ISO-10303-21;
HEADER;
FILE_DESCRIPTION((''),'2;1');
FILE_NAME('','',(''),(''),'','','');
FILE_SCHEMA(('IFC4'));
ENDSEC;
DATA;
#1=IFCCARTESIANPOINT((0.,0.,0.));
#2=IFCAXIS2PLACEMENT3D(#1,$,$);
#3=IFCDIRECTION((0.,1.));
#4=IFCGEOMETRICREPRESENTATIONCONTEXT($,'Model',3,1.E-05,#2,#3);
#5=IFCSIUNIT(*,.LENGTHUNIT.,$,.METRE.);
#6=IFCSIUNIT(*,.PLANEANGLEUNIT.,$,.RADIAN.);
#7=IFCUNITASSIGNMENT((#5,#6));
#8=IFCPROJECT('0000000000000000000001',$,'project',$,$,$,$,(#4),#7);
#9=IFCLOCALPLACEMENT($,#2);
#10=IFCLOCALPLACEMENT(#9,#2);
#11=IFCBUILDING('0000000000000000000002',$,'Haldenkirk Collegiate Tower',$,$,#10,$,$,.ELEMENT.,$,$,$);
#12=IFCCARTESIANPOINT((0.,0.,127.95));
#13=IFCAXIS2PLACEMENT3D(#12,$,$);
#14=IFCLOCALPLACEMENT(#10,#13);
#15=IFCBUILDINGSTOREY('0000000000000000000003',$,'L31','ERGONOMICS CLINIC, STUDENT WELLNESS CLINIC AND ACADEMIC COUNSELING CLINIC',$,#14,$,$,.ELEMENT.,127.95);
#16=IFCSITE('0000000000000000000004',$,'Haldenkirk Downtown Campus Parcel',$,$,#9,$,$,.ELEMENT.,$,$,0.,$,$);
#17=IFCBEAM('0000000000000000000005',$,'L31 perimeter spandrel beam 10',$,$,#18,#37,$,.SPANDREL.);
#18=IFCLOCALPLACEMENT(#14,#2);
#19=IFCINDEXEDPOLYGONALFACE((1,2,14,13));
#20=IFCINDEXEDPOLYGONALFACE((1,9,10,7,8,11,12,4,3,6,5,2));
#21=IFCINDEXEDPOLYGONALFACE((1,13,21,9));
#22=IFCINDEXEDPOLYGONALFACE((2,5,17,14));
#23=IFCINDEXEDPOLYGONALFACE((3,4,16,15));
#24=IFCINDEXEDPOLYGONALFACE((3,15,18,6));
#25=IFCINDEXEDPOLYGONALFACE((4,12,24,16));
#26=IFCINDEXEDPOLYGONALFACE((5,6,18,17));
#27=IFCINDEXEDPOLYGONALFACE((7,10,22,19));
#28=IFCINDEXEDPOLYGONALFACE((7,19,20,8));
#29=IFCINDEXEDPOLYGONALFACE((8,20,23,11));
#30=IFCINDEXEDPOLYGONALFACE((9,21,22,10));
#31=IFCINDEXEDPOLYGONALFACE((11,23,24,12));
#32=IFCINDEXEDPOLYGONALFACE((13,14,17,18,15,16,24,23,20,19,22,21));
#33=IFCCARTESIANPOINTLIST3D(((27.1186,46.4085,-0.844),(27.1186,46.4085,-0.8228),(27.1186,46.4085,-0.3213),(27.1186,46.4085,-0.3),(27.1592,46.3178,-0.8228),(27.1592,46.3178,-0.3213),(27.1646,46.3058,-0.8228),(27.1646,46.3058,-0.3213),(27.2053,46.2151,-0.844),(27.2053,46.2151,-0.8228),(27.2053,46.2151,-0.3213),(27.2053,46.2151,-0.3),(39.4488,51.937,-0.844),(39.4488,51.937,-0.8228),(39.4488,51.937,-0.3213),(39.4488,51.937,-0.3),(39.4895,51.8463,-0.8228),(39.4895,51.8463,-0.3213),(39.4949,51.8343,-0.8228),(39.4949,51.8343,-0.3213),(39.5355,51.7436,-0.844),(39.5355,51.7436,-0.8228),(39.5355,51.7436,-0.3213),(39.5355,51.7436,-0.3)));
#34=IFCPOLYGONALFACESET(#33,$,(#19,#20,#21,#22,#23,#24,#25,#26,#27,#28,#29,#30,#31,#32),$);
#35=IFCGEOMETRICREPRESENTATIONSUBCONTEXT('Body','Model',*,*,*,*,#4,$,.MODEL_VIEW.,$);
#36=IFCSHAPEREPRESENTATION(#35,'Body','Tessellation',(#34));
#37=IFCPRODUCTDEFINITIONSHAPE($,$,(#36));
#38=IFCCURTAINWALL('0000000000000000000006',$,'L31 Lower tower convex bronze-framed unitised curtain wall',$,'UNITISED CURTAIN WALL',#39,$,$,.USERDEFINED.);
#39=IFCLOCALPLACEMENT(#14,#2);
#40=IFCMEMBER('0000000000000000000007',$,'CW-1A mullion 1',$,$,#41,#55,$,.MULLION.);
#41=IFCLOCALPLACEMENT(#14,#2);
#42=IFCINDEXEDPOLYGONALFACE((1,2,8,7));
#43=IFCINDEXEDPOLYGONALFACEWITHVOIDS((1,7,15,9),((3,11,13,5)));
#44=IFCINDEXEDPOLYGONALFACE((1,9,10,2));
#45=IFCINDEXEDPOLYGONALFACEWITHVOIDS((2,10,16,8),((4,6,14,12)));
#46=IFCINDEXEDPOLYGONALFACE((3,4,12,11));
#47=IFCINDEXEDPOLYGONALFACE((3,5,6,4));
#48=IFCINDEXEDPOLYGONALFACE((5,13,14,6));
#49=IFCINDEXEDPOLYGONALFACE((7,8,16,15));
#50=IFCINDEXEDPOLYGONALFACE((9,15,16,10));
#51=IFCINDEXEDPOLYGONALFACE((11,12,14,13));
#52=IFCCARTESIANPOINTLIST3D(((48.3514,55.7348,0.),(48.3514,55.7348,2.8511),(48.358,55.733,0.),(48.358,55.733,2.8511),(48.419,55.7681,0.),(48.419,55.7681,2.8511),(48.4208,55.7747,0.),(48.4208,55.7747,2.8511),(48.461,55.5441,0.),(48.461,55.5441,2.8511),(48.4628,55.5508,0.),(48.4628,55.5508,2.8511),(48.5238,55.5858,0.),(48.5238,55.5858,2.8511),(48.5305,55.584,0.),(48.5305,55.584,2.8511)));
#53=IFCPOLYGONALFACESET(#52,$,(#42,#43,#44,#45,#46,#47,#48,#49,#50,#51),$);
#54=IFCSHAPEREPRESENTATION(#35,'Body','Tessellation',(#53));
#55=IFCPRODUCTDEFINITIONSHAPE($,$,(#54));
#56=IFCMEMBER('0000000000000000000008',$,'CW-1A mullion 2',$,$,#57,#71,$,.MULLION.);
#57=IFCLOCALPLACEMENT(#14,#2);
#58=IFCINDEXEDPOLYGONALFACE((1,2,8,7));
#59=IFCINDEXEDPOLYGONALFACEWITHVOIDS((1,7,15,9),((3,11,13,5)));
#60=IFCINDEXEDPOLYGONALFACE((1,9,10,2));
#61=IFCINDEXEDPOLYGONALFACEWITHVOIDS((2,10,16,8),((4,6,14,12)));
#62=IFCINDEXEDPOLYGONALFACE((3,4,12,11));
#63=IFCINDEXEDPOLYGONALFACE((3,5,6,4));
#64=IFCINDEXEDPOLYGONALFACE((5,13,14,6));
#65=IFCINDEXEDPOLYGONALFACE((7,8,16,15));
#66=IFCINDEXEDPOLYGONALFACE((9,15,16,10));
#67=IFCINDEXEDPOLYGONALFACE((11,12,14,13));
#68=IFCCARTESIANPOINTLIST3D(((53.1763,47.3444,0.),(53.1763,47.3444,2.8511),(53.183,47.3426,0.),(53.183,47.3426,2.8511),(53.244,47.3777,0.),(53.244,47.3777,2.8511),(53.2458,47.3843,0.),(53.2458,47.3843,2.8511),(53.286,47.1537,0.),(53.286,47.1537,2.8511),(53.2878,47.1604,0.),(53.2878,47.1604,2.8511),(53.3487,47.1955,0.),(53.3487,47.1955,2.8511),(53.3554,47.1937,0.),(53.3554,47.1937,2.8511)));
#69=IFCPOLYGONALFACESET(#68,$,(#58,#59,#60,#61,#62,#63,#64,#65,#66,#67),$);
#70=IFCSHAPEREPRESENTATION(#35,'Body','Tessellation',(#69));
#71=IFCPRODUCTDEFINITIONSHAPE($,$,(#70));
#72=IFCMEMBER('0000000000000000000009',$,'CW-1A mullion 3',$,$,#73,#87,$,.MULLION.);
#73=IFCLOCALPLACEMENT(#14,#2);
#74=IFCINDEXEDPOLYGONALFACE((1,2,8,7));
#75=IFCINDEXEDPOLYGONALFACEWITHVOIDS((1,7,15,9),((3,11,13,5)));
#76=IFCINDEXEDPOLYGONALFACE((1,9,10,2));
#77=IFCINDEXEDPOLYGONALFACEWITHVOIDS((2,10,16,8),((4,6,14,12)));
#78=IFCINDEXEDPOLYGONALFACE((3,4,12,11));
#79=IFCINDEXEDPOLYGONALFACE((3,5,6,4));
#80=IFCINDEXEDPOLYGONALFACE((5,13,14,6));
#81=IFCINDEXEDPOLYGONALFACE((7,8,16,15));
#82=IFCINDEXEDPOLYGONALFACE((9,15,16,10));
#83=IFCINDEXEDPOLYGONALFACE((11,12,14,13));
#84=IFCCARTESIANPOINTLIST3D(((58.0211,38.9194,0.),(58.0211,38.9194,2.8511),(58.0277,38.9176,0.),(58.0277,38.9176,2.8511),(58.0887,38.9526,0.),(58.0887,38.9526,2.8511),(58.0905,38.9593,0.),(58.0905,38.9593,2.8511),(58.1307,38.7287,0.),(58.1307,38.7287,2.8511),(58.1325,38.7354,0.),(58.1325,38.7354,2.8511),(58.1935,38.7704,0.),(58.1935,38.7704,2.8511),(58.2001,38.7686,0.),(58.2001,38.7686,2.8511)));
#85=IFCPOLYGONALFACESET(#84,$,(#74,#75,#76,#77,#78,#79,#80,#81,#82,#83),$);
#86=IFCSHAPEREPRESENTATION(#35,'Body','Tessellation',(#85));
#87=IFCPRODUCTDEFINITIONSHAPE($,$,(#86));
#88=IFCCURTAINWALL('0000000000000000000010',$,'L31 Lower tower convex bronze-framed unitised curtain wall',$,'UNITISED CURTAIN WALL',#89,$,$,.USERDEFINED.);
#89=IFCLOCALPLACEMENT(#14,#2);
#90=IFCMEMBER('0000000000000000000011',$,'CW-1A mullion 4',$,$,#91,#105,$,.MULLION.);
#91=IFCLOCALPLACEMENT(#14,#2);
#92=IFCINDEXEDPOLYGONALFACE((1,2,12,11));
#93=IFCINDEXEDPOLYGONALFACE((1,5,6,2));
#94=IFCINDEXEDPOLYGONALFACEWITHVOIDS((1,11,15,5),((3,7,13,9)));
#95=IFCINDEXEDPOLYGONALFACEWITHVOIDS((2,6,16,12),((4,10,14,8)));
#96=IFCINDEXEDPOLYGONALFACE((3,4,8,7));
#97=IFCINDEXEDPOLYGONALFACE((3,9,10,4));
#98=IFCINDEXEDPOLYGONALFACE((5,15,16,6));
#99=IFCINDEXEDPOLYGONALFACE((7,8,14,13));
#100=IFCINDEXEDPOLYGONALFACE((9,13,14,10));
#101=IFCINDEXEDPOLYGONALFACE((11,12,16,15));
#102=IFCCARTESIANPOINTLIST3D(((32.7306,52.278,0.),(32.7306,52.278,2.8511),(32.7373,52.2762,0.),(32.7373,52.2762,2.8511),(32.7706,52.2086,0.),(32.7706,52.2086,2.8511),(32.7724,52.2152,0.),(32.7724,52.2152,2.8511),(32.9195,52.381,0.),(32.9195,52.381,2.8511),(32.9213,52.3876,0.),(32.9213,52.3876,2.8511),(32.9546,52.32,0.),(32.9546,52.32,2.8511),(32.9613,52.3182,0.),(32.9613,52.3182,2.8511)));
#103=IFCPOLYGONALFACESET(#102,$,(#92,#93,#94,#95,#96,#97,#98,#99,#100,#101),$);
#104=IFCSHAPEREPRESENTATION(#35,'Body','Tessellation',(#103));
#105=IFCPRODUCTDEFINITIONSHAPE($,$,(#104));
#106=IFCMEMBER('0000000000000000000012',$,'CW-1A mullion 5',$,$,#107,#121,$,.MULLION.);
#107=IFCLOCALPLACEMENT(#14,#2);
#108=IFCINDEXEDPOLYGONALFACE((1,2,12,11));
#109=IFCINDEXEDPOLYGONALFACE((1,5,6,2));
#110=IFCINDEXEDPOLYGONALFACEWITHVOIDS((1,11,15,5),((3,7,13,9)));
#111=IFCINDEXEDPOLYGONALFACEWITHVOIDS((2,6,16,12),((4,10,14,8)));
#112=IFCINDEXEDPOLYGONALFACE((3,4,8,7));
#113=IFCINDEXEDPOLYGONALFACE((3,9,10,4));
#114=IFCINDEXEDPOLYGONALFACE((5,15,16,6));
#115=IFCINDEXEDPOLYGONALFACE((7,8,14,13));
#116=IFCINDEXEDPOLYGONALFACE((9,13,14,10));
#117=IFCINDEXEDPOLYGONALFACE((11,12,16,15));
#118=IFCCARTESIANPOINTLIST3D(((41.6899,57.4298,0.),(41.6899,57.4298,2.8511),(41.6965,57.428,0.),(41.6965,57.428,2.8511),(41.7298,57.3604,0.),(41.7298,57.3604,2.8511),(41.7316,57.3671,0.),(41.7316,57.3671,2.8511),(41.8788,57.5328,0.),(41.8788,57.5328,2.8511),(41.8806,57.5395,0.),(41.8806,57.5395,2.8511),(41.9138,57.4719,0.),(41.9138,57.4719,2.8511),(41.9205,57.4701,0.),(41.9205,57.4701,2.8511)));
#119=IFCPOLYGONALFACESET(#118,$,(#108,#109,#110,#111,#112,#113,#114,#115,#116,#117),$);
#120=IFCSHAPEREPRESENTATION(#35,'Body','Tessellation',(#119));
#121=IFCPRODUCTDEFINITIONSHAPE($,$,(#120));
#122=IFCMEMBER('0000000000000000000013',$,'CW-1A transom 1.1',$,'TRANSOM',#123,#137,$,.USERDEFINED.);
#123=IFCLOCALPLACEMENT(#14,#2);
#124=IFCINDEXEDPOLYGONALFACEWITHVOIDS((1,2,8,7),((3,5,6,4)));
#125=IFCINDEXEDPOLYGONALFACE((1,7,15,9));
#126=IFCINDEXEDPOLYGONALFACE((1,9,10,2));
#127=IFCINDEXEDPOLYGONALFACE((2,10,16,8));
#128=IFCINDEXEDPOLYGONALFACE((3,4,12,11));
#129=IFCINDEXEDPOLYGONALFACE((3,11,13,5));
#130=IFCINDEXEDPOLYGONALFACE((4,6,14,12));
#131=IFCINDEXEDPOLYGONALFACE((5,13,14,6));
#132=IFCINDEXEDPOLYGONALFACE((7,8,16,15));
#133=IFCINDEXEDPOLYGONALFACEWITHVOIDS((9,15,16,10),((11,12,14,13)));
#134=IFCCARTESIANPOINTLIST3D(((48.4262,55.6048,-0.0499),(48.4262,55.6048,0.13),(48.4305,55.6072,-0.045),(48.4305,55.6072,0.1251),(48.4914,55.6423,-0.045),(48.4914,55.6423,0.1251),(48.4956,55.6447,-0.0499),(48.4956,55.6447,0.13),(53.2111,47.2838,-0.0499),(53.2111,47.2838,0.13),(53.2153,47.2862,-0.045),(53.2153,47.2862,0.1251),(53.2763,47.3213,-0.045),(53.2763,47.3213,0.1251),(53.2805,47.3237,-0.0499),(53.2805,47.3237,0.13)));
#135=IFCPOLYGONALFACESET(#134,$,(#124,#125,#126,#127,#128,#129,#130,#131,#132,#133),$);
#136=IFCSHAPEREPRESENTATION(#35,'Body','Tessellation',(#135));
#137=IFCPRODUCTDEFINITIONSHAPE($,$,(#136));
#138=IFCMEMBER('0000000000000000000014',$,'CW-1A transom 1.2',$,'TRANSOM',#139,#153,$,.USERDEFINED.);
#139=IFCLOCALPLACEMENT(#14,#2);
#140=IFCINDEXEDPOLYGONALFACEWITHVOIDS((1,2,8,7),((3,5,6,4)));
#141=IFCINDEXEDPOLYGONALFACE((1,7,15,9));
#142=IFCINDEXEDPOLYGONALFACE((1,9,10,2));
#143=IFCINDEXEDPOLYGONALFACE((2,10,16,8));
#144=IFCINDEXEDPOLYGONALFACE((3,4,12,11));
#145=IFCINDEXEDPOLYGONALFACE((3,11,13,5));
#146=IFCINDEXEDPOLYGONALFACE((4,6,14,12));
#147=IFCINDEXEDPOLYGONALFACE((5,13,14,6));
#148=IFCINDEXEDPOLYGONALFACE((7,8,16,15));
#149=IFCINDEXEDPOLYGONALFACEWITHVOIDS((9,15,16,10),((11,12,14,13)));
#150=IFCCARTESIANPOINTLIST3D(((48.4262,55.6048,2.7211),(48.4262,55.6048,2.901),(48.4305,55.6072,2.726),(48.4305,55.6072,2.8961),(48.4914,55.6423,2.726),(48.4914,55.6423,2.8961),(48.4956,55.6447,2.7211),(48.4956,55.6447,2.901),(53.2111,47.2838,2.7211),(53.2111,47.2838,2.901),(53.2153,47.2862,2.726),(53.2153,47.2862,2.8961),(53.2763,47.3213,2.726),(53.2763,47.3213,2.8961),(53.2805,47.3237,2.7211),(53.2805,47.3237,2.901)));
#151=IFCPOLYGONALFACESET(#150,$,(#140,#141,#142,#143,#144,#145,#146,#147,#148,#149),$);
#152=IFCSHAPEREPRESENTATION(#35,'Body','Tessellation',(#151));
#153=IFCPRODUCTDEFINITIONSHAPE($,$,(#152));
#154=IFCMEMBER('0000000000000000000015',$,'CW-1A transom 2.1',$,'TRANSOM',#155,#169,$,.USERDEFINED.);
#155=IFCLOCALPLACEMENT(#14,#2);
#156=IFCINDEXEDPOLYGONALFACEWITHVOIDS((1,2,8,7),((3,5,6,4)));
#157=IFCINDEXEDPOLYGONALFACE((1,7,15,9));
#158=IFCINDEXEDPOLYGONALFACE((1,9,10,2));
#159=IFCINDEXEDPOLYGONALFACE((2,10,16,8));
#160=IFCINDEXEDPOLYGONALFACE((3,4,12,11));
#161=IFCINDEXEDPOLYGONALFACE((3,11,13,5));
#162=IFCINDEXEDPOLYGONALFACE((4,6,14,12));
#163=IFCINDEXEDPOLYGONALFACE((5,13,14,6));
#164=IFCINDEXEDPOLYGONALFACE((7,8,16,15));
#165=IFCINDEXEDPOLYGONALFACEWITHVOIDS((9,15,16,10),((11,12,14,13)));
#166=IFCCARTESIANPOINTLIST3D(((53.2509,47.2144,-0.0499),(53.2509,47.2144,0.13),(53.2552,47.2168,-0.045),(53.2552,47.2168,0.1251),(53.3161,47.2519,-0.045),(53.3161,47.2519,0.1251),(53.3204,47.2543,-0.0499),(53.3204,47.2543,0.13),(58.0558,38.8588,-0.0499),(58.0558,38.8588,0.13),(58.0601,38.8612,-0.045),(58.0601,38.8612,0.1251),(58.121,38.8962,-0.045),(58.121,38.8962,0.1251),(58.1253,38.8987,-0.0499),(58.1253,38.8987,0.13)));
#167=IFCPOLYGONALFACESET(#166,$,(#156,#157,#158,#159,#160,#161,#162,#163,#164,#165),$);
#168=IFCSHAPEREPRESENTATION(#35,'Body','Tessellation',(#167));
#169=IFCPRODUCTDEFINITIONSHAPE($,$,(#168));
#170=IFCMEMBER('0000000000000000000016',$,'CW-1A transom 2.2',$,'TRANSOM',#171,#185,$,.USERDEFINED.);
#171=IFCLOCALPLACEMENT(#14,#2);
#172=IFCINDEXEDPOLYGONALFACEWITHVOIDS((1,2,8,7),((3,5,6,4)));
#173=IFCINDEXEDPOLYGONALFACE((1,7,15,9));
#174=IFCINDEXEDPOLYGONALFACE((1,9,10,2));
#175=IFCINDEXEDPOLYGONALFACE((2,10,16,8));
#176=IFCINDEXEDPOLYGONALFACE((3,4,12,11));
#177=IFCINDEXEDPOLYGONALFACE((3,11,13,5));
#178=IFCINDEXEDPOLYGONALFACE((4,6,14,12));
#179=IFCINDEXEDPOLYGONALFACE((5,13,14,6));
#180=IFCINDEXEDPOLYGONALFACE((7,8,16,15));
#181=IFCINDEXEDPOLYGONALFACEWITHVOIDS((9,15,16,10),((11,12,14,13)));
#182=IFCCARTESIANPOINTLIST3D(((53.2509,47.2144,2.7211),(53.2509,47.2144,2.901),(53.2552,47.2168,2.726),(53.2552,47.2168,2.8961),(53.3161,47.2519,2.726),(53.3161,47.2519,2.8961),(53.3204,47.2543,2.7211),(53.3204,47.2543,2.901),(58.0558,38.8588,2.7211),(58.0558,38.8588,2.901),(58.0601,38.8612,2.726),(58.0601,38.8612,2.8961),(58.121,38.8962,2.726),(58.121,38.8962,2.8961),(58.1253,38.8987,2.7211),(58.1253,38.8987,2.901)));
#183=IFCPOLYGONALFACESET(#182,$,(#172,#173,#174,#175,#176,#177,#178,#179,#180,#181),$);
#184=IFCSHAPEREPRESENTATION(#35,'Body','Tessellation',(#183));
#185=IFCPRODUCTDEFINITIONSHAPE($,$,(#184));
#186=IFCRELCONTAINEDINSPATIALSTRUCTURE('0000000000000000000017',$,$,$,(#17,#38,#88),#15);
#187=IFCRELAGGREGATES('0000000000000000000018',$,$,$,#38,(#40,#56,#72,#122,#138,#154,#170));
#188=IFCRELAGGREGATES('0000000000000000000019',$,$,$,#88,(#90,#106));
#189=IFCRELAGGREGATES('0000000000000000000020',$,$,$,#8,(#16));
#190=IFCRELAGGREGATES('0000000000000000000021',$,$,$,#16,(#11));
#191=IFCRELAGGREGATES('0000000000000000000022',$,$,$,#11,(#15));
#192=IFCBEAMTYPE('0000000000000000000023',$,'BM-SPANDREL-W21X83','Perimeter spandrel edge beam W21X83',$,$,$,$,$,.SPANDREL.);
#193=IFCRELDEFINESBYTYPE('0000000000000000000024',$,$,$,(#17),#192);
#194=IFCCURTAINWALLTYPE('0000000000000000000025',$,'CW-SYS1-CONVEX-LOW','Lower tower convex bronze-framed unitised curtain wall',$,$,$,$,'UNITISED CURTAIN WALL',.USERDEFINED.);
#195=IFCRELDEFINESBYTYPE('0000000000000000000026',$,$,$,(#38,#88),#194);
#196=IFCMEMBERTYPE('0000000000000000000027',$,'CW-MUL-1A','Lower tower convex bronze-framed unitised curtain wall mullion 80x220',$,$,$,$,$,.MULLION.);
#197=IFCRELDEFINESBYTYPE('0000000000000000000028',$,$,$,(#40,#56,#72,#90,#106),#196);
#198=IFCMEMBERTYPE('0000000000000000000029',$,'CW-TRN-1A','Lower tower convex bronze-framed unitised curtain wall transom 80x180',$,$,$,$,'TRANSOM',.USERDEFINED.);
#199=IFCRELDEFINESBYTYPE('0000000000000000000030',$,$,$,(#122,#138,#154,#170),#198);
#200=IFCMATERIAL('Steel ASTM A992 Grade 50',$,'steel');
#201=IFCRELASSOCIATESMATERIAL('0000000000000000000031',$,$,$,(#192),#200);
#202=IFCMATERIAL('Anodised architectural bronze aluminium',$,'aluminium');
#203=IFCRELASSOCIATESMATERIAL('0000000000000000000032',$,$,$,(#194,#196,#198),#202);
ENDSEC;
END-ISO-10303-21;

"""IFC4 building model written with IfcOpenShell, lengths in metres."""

from ifc_helpers import new_model, si_unit, direction, frame, origin, origin_2d, place, context, subcontext, project, spatial, hollow_rectangle, i_section, extrude, material, material_profile, profile_set, type_object, element, aggregate, save


model = new_model("IFC4")

# Units and contexts
model_context = context("Model", 3, precision=1e-05, world=origin(), true_north=direction((0.0, 1.0)))
body_context = subcontext(model_context, "Body", "Model", "MODEL_VIEW")
ifc_project = project(units=[si_unit("LENGTHUNIT", "METRE"), si_unit("PLANEANGLEUNIT", "RADIAN")], contexts=[model_context])

# Site, building, storey
site_placement = place(None, origin())
site = spatial("IfcSite", under=ifc_project, at=site_placement, Name="Haldenkirk Downtown Campus Parcel", CompositionType="ELEMENT", RefElevation=0.0)
building_placement = place(site_placement, origin())
building = spatial("IfcBuilding", under=site, at=building_placement, Name="Haldenkirk Collegiate Tower", CompositionType="ELEMENT")
storey_placement = place(building_placement, frame((0.0, 0.0, 127.95)))
storey = spatial("IfcBuildingStorey", under=building, at=storey_placement, Name="L31", Description="ERGONOMICS CLINIC, STUDENT WELLNESS CLINIC AND ACADEMIC COUNSELING CLINIC", CompositionType="ELEMENT", Elevation=127.95)

# Beam
ifc_material_1 = material(Name="Steel ASTM A992 Grade 50", Category="steel")
ifc_material_profile_1 = material_profile(ifc_material_1, i_section(OverallWidth=0.2119, OverallDepth=0.5439, WebThickness=0.0132, FlangeThickness=0.0212, at=origin_2d()), Name="W21X83")
ifc_profile_set_1 = profile_set([ifc_material_profile_1], Name="Steel ASTM A992 Grade 50")
beam_type_1 = type_object("IfcBeamType", Name="BM-SPANDREL-W21X83", Description="Perimeter spandrel edge beam W21X83", PredefinedType="SPANDREL", material=ifc_profile_set_1)
beam_1_placement = place(storey_placement, frame((39.4922, 51.8403, -0.572), z_axis=(-0.912477, -0.409129, 0.0), x_axis=(0.409129, -0.912477, 0.0)))
element("IfcBeam", 1, at=beam_1_placement, inside=storey, type_object=beam_type_1, Name="L31 perimeter spandrel beam 10", PredefinedType="SPANDREL", context=body_context, shape_type="SweptSolid", body=[
    extrude(i_section(OverallWidth=0.2119, OverallDepth=0.5439, WebThickness=0.0132, FlangeThickness=0.0212, at=origin_2d()), origin(), (0.0, 0.0, 1.0), 13.5129),
])

# Curtain walls, members
ifc_material_2 = material(Name="Anodised architectural bronze aluminium", Category="aluminium")
curtain_wall_type = type_object("IfcCurtainWallType", Name="CW-SYS1-CONVEX-LOW", Description="Lower tower convex bronze-framed unitised curtain wall", ElementType="UNITISED CURTAIN WALL", PredefinedType="USERDEFINED", material=ifc_material_2)
curtain_wall_1_placement = place(storey_placement, origin())
curtain_wall_1 = element("IfcCurtainWall", 2, at=curtain_wall_1_placement, inside=storey, type_object=curtain_wall_type, Name="L31 Lower tower convex bronze-framed unitised curtain wall", ObjectType="UNITISED CURTAIN WALL", PredefinedType="USERDEFINED")
ifc_material_profile_2 = material_profile(ifc_material_2, hollow_rectangle(XDim=0.0801, YDim=0.22, WallThickness=0.0049, at=origin_2d()), Name="CW-MUL-1A")
ifc_profile_set_2 = profile_set([ifc_material_profile_2], Name="Anodised architectural bronze aluminium")
member_type_1 = type_object("IfcMemberType", Name="CW-MUL-1A", Description="Lower tower convex bronze-framed unitised curtain wall mullion 80x220", PredefinedType="MULLION", material=ifc_profile_set_2)
member_1_placement = place(storey_placement, frame((48.4409, 55.6594, 0.0), z_axis=(0.0, 0.0, 1.0), x_axis=(0.866896, 0.49849, 0.0)))
member_1 = element("IfcMember", 3, at=member_1_placement, type_object=member_type_1, Name="CW-1A mullion 1", PredefinedType="MULLION", context=body_context, shape_type="SweptSolid", body=[
    extrude(hollow_rectangle(XDim=0.0801, YDim=0.22, WallThickness=0.0049, at=origin_2d()), origin(), (0.0, 0.0, 1.0), 2.8511),
])
member_2_placement = place(storey_placement, frame((53.2659, 47.269, 0.0), z_axis=(0.0, 0.0, 1.0), x_axis=(0.866896, 0.49849, 0.0)))
member_2 = element("IfcMember", 4, at=member_2_placement, type_object=member_type_1, Name="CW-1A mullion 2", PredefinedType="MULLION", context=body_context, shape_type="SweptSolid", body=[
    extrude(hollow_rectangle(XDim=0.0801, YDim=0.22, WallThickness=0.0049, at=origin_2d()), origin(), (0.0, 0.0, 1.0), 2.8511),
])
member_3_placement = place(storey_placement, frame((58.1106, 38.844, 0.0), z_axis=(0.0, 0.0, 1.0), x_axis=(0.866896, 0.49849, 0.0)))
member_3 = element("IfcMember", 5, at=member_3_placement, type_object=member_type_1, Name="CW-1A mullion 3", PredefinedType="MULLION", context=body_context, shape_type="SweptSolid", body=[
    extrude(hollow_rectangle(XDim=0.0801, YDim=0.22, WallThickness=0.0049, at=origin_2d()), origin(), (0.0, 0.0, 1.0), 2.8511),
])
curtain_wall_2_placement = place(storey_placement, origin())
curtain_wall_2 = element("IfcCurtainWall", 6, at=curtain_wall_2_placement, inside=storey, type_object=curtain_wall_type, Name="L31 Lower tower convex bronze-framed unitised curtain wall", ObjectType="UNITISED CURTAIN WALL", PredefinedType="USERDEFINED")
member_4_placement = place(storey_placement, frame((32.8459, 52.2981, 0.0), z_axis=(0.0, 0.0, 1.0), x_axis=(-0.498489, 0.866896, 0.0)))
member_4 = element("IfcMember", 7, at=member_4_placement, type_object=member_type_1, Name="CW-1A mullion 4", PredefinedType="MULLION", context=body_context, shape_type="SweptSolid", body=[
    extrude(hollow_rectangle(XDim=0.0801, YDim=0.22, WallThickness=0.0049, at=origin_2d()), origin(), (0.0, 0.0, 1.0), 2.8511),
])
member_5_placement = place(storey_placement, frame((41.8052, 57.45, 0.0), z_axis=(0.0, 0.0, 1.0), x_axis=(-0.498489, 0.866896, 0.0)))
member_5 = element("IfcMember", 8, at=member_5_placement, type_object=member_type_1, Name="CW-1A mullion 5", PredefinedType="MULLION", context=body_context, shape_type="SweptSolid", body=[
    extrude(hollow_rectangle(XDim=0.0801, YDim=0.22, WallThickness=0.0049, at=origin_2d()), origin(), (0.0, 0.0, 1.0), 2.8511),
])

# Members
ifc_material_profile_3 = material_profile(ifc_material_2, hollow_rectangle(XDim=0.0801, YDim=0.1799, WallThickness=0.0049, at=origin_2d()), Name="CW-TRN-1A")
ifc_profile_set_3 = profile_set([ifc_material_profile_3], Name="Anodised architectural bronze aluminium")
member_type_2 = type_object("IfcMemberType", Name="CW-TRN-1A", Description="Lower tower convex bronze-framed unitised curtain wall transom 80x180", ElementType="TRANSOM", PredefinedType="USERDEFINED", material=ifc_profile_set_3)
member_6_placement = place(storey_placement, frame((48.4609, 55.6248, 0.04), z_axis=(0.498495, -0.866892, 0.0), x_axis=(0.866892, 0.498495, 0.0)))
member_6 = element("IfcMember", 9, at=member_6_placement, type_object=member_type_2, Name="CW-1A transom 1.1", ObjectType="TRANSOM", PredefinedType="USERDEFINED", context=body_context, shape_type="SweptSolid", body=[
    extrude(hollow_rectangle(XDim=0.0801, YDim=0.1799, WallThickness=0.0049, at=origin_2d()), origin(), (0.0, 0.0, 1.0), 9.5986),
])
member_7_placement = place(storey_placement, frame((48.4609, 55.6248, 2.811), z_axis=(0.498495, -0.866892, 0.0), x_axis=(0.866892, 0.498495, 0.0)))
member_7 = element("IfcMember", 10, at=member_7_placement, type_object=member_type_2, Name="CW-1A transom 1.2", ObjectType="TRANSOM", PredefinedType="USERDEFINED", context=body_context, shape_type="SweptSolid", body=[
    extrude(hollow_rectangle(XDim=0.0801, YDim=0.1799, WallThickness=0.0049, at=origin_2d()), origin(), (0.0, 0.0, 1.0), 9.5986),
])
member_8_placement = place(storey_placement, frame((53.2856, 47.2344, 0.04), z_axis=(0.498502, -0.866889, 0.0), x_axis=(0.866889, 0.498502, 0.0)))
member_8 = element("IfcMember", 11, at=member_8_placement, type_object=member_type_2, Name="CW-1A transom 2.1", ObjectType="TRANSOM", PredefinedType="USERDEFINED", context=body_context, shape_type="SweptSolid", body=[
    extrude(hollow_rectangle(XDim=0.0801, YDim=0.1799, WallThickness=0.0049, at=origin_2d()), origin(), (0.0, 0.0, 1.0), 9.6387),
])
member_9_placement = place(storey_placement, frame((53.2856, 47.2344, 2.811), z_axis=(0.498502, -0.866889, 0.0), x_axis=(0.866889, 0.498502, 0.0)))
member_9 = element("IfcMember", 12, at=member_9_placement, type_object=member_type_2, Name="CW-1A transom 2.2", ObjectType="TRANSOM", PredefinedType="USERDEFINED", context=body_context, shape_type="SweptSolid", body=[
    extrude(hollow_rectangle(XDim=0.0801, YDim=0.1799, WallThickness=0.0049, at=origin_2d()), origin(), (0.0, 0.0, 1.0), 9.6387),
])

aggregate(curtain_wall_1, [member_1, member_2, member_3, member_6, member_7, member_8, member_9])
aggregate(curtain_wall_2, [member_4, member_5])

save(model, "model.ifc")
